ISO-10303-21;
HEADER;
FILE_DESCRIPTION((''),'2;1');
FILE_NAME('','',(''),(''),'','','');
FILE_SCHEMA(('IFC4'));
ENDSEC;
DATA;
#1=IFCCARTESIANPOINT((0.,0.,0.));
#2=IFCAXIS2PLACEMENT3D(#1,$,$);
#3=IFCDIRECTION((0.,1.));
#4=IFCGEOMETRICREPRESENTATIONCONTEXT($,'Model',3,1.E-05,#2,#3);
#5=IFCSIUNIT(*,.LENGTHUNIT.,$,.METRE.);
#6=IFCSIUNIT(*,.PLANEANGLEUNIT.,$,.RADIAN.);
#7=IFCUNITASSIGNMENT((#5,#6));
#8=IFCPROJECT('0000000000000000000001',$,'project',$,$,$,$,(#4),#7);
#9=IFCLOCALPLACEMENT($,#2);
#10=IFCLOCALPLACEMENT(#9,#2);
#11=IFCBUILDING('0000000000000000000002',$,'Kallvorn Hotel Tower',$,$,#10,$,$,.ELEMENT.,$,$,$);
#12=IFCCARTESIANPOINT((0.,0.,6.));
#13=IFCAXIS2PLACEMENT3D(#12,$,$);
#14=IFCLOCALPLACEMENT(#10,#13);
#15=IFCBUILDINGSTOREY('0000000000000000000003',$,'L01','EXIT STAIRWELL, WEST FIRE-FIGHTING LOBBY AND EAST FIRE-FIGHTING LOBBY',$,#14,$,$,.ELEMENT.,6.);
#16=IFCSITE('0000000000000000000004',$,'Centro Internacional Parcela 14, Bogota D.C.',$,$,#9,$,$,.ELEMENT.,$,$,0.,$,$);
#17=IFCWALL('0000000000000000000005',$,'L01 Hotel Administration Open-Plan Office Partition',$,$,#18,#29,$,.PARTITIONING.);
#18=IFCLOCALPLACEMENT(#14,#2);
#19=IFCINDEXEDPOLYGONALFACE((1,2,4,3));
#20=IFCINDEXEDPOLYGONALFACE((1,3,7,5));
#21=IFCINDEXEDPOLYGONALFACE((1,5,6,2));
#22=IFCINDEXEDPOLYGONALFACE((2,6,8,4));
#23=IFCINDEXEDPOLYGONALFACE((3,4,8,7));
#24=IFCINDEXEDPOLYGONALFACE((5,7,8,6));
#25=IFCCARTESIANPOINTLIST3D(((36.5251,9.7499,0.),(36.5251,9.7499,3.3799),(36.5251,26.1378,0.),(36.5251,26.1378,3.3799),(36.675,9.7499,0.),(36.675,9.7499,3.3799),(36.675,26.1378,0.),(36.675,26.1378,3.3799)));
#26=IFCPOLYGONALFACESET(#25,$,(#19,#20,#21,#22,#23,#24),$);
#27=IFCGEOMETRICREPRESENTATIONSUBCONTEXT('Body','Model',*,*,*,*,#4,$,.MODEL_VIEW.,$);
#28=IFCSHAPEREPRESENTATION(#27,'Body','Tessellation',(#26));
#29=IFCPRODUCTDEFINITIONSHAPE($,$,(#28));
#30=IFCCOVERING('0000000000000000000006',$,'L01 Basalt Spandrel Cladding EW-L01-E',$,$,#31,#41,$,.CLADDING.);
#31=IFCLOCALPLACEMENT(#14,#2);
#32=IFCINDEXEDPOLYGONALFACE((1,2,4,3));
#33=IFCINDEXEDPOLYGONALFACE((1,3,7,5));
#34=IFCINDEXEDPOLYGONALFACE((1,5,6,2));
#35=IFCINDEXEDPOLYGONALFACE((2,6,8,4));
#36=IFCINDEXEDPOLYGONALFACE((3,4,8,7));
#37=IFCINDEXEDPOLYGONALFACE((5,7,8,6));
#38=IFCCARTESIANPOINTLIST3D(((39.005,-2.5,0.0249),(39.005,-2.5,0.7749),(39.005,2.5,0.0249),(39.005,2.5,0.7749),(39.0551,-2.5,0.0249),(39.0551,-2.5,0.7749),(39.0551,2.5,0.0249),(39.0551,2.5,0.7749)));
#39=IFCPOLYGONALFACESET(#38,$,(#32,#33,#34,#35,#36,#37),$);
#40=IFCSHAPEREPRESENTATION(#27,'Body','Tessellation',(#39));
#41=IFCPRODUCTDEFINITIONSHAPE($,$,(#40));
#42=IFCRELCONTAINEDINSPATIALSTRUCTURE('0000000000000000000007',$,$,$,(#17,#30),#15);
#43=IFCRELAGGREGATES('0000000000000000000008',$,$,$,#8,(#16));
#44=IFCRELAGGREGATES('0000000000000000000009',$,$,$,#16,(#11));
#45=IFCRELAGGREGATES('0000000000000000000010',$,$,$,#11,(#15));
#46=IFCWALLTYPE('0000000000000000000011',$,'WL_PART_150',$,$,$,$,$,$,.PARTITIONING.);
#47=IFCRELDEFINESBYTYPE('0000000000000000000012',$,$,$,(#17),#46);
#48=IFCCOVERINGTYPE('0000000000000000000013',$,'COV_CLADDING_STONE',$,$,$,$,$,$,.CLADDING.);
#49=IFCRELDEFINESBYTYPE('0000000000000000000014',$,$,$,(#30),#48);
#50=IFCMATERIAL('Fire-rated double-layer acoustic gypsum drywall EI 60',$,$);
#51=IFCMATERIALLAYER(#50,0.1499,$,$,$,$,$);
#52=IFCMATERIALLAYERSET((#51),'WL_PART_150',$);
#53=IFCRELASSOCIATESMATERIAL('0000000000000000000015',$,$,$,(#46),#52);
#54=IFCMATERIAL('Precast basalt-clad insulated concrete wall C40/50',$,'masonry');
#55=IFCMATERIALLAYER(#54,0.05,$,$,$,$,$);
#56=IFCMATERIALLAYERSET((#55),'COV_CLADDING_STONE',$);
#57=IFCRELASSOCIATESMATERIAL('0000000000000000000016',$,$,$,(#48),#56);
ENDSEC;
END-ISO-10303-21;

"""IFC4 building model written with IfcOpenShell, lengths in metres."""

from ifc_helpers import new_model, si_unit, direction, frame, frame_2d, origin, origin_2d, place, context, subcontext, project, spatial, rectangle, extrude, material, layer, layer_set, type_object, element, save


model = new_model("IFC4")

# Units and contexts
model_context = context("Model", 3, precision=1e-05, world=origin(), true_north=direction((0.0, 1.0)))
body_context = subcontext(model_context, "Body", "Model", "MODEL_VIEW")
ifc_project = project(units=[si_unit("LENGTHUNIT", "METRE"), si_unit("PLANEANGLEUNIT", "RADIAN")], contexts=[model_context])

# Site, building, storey
site_placement = place(None, origin())
site = spatial("IfcSite", under=ifc_project, at=site_placement, Name="Centro Internacional Parcela 14, Bogota D.C.", CompositionType="ELEMENT", RefElevation=0.0)
building_placement = place(site_placement, origin())
building = spatial("IfcBuilding", under=site, at=building_placement, Name="Kallvorn Hotel Tower", CompositionType="ELEMENT")
storey_placement = place(building_placement, frame((0.0, 0.0, 6.0)))
storey = spatial("IfcBuildingStorey", under=building, at=storey_placement, Name="L01", Description="EXIT STAIRWELL, WEST FIRE-FIGHTING LOBBY AND EAST FIRE-FIGHTING LOBBY", CompositionType="ELEMENT", Elevation=6.0)

# Wall
ifc_material_1 = material(Name="Fire-rated double-layer acoustic gypsum drywall EI 60")
ifc_layer_1 = layer(ifc_material_1, 0.1499)
ifc_layer_set_1 = layer_set([ifc_layer_1], Name="WL_PART_150")
wall_type = type_object("IfcWallType", Name="WL_PART_150", PredefinedType="PARTITIONING", material=ifc_layer_set_1)
wall_1_placement = place(storey_placement, frame((36.6001, 9.75, 0.0), z_axis=(0.0, 0.0, 1.0), x_axis=(0.0, 1.0, 0.0)))
element("IfcWall", 1, at=wall_1_placement, inside=storey, type_object=wall_type, Name="L01 Hotel Administration Open-Plan Office Partition", PredefinedType="PARTITIONING", context=body_context, shape_type="SweptSolid", body=[
    extrude(rectangle(XDim=16.3879, YDim=0.1499, at=frame_2d((8.1938, 0.0))), origin(), (0.0, 0.0, 1.0), 3.3799),
])

# Covering
ifc_material_2 = material(Name="Precast basalt-clad insulated concrete wall C40/50", Category="masonry")
ifc_layer_2 = layer(ifc_material_2, 0.05)
ifc_layer_set_2 = layer_set([ifc_layer_2], Name="COV_CLADDING_STONE")
covering_type = type_object("IfcCoveringType", Name="COV_CLADDING_STONE", PredefinedType="CLADDING", material=ifc_layer_set_2)
covering_placement = place(storey_placement, frame((39.03, 0.0, 0.0249), z_axis=(0.0, 0.0, 1.0), x_axis=(0.0, 1.0, 0.0)))
element("IfcCovering", 2, at=covering_placement, inside=storey, type_object=covering_type, Name="L01 Basalt Spandrel Cladding EW-L01-E", PredefinedType="CLADDING", context=body_context, shape_type="SweptSolid", body=[
    extrude(rectangle(XDim=5.0, YDim=0.05, at=origin_2d()), origin(), (0.0, 0.0, 1.0), 0.75),
])

save(model, "model.ifc")
